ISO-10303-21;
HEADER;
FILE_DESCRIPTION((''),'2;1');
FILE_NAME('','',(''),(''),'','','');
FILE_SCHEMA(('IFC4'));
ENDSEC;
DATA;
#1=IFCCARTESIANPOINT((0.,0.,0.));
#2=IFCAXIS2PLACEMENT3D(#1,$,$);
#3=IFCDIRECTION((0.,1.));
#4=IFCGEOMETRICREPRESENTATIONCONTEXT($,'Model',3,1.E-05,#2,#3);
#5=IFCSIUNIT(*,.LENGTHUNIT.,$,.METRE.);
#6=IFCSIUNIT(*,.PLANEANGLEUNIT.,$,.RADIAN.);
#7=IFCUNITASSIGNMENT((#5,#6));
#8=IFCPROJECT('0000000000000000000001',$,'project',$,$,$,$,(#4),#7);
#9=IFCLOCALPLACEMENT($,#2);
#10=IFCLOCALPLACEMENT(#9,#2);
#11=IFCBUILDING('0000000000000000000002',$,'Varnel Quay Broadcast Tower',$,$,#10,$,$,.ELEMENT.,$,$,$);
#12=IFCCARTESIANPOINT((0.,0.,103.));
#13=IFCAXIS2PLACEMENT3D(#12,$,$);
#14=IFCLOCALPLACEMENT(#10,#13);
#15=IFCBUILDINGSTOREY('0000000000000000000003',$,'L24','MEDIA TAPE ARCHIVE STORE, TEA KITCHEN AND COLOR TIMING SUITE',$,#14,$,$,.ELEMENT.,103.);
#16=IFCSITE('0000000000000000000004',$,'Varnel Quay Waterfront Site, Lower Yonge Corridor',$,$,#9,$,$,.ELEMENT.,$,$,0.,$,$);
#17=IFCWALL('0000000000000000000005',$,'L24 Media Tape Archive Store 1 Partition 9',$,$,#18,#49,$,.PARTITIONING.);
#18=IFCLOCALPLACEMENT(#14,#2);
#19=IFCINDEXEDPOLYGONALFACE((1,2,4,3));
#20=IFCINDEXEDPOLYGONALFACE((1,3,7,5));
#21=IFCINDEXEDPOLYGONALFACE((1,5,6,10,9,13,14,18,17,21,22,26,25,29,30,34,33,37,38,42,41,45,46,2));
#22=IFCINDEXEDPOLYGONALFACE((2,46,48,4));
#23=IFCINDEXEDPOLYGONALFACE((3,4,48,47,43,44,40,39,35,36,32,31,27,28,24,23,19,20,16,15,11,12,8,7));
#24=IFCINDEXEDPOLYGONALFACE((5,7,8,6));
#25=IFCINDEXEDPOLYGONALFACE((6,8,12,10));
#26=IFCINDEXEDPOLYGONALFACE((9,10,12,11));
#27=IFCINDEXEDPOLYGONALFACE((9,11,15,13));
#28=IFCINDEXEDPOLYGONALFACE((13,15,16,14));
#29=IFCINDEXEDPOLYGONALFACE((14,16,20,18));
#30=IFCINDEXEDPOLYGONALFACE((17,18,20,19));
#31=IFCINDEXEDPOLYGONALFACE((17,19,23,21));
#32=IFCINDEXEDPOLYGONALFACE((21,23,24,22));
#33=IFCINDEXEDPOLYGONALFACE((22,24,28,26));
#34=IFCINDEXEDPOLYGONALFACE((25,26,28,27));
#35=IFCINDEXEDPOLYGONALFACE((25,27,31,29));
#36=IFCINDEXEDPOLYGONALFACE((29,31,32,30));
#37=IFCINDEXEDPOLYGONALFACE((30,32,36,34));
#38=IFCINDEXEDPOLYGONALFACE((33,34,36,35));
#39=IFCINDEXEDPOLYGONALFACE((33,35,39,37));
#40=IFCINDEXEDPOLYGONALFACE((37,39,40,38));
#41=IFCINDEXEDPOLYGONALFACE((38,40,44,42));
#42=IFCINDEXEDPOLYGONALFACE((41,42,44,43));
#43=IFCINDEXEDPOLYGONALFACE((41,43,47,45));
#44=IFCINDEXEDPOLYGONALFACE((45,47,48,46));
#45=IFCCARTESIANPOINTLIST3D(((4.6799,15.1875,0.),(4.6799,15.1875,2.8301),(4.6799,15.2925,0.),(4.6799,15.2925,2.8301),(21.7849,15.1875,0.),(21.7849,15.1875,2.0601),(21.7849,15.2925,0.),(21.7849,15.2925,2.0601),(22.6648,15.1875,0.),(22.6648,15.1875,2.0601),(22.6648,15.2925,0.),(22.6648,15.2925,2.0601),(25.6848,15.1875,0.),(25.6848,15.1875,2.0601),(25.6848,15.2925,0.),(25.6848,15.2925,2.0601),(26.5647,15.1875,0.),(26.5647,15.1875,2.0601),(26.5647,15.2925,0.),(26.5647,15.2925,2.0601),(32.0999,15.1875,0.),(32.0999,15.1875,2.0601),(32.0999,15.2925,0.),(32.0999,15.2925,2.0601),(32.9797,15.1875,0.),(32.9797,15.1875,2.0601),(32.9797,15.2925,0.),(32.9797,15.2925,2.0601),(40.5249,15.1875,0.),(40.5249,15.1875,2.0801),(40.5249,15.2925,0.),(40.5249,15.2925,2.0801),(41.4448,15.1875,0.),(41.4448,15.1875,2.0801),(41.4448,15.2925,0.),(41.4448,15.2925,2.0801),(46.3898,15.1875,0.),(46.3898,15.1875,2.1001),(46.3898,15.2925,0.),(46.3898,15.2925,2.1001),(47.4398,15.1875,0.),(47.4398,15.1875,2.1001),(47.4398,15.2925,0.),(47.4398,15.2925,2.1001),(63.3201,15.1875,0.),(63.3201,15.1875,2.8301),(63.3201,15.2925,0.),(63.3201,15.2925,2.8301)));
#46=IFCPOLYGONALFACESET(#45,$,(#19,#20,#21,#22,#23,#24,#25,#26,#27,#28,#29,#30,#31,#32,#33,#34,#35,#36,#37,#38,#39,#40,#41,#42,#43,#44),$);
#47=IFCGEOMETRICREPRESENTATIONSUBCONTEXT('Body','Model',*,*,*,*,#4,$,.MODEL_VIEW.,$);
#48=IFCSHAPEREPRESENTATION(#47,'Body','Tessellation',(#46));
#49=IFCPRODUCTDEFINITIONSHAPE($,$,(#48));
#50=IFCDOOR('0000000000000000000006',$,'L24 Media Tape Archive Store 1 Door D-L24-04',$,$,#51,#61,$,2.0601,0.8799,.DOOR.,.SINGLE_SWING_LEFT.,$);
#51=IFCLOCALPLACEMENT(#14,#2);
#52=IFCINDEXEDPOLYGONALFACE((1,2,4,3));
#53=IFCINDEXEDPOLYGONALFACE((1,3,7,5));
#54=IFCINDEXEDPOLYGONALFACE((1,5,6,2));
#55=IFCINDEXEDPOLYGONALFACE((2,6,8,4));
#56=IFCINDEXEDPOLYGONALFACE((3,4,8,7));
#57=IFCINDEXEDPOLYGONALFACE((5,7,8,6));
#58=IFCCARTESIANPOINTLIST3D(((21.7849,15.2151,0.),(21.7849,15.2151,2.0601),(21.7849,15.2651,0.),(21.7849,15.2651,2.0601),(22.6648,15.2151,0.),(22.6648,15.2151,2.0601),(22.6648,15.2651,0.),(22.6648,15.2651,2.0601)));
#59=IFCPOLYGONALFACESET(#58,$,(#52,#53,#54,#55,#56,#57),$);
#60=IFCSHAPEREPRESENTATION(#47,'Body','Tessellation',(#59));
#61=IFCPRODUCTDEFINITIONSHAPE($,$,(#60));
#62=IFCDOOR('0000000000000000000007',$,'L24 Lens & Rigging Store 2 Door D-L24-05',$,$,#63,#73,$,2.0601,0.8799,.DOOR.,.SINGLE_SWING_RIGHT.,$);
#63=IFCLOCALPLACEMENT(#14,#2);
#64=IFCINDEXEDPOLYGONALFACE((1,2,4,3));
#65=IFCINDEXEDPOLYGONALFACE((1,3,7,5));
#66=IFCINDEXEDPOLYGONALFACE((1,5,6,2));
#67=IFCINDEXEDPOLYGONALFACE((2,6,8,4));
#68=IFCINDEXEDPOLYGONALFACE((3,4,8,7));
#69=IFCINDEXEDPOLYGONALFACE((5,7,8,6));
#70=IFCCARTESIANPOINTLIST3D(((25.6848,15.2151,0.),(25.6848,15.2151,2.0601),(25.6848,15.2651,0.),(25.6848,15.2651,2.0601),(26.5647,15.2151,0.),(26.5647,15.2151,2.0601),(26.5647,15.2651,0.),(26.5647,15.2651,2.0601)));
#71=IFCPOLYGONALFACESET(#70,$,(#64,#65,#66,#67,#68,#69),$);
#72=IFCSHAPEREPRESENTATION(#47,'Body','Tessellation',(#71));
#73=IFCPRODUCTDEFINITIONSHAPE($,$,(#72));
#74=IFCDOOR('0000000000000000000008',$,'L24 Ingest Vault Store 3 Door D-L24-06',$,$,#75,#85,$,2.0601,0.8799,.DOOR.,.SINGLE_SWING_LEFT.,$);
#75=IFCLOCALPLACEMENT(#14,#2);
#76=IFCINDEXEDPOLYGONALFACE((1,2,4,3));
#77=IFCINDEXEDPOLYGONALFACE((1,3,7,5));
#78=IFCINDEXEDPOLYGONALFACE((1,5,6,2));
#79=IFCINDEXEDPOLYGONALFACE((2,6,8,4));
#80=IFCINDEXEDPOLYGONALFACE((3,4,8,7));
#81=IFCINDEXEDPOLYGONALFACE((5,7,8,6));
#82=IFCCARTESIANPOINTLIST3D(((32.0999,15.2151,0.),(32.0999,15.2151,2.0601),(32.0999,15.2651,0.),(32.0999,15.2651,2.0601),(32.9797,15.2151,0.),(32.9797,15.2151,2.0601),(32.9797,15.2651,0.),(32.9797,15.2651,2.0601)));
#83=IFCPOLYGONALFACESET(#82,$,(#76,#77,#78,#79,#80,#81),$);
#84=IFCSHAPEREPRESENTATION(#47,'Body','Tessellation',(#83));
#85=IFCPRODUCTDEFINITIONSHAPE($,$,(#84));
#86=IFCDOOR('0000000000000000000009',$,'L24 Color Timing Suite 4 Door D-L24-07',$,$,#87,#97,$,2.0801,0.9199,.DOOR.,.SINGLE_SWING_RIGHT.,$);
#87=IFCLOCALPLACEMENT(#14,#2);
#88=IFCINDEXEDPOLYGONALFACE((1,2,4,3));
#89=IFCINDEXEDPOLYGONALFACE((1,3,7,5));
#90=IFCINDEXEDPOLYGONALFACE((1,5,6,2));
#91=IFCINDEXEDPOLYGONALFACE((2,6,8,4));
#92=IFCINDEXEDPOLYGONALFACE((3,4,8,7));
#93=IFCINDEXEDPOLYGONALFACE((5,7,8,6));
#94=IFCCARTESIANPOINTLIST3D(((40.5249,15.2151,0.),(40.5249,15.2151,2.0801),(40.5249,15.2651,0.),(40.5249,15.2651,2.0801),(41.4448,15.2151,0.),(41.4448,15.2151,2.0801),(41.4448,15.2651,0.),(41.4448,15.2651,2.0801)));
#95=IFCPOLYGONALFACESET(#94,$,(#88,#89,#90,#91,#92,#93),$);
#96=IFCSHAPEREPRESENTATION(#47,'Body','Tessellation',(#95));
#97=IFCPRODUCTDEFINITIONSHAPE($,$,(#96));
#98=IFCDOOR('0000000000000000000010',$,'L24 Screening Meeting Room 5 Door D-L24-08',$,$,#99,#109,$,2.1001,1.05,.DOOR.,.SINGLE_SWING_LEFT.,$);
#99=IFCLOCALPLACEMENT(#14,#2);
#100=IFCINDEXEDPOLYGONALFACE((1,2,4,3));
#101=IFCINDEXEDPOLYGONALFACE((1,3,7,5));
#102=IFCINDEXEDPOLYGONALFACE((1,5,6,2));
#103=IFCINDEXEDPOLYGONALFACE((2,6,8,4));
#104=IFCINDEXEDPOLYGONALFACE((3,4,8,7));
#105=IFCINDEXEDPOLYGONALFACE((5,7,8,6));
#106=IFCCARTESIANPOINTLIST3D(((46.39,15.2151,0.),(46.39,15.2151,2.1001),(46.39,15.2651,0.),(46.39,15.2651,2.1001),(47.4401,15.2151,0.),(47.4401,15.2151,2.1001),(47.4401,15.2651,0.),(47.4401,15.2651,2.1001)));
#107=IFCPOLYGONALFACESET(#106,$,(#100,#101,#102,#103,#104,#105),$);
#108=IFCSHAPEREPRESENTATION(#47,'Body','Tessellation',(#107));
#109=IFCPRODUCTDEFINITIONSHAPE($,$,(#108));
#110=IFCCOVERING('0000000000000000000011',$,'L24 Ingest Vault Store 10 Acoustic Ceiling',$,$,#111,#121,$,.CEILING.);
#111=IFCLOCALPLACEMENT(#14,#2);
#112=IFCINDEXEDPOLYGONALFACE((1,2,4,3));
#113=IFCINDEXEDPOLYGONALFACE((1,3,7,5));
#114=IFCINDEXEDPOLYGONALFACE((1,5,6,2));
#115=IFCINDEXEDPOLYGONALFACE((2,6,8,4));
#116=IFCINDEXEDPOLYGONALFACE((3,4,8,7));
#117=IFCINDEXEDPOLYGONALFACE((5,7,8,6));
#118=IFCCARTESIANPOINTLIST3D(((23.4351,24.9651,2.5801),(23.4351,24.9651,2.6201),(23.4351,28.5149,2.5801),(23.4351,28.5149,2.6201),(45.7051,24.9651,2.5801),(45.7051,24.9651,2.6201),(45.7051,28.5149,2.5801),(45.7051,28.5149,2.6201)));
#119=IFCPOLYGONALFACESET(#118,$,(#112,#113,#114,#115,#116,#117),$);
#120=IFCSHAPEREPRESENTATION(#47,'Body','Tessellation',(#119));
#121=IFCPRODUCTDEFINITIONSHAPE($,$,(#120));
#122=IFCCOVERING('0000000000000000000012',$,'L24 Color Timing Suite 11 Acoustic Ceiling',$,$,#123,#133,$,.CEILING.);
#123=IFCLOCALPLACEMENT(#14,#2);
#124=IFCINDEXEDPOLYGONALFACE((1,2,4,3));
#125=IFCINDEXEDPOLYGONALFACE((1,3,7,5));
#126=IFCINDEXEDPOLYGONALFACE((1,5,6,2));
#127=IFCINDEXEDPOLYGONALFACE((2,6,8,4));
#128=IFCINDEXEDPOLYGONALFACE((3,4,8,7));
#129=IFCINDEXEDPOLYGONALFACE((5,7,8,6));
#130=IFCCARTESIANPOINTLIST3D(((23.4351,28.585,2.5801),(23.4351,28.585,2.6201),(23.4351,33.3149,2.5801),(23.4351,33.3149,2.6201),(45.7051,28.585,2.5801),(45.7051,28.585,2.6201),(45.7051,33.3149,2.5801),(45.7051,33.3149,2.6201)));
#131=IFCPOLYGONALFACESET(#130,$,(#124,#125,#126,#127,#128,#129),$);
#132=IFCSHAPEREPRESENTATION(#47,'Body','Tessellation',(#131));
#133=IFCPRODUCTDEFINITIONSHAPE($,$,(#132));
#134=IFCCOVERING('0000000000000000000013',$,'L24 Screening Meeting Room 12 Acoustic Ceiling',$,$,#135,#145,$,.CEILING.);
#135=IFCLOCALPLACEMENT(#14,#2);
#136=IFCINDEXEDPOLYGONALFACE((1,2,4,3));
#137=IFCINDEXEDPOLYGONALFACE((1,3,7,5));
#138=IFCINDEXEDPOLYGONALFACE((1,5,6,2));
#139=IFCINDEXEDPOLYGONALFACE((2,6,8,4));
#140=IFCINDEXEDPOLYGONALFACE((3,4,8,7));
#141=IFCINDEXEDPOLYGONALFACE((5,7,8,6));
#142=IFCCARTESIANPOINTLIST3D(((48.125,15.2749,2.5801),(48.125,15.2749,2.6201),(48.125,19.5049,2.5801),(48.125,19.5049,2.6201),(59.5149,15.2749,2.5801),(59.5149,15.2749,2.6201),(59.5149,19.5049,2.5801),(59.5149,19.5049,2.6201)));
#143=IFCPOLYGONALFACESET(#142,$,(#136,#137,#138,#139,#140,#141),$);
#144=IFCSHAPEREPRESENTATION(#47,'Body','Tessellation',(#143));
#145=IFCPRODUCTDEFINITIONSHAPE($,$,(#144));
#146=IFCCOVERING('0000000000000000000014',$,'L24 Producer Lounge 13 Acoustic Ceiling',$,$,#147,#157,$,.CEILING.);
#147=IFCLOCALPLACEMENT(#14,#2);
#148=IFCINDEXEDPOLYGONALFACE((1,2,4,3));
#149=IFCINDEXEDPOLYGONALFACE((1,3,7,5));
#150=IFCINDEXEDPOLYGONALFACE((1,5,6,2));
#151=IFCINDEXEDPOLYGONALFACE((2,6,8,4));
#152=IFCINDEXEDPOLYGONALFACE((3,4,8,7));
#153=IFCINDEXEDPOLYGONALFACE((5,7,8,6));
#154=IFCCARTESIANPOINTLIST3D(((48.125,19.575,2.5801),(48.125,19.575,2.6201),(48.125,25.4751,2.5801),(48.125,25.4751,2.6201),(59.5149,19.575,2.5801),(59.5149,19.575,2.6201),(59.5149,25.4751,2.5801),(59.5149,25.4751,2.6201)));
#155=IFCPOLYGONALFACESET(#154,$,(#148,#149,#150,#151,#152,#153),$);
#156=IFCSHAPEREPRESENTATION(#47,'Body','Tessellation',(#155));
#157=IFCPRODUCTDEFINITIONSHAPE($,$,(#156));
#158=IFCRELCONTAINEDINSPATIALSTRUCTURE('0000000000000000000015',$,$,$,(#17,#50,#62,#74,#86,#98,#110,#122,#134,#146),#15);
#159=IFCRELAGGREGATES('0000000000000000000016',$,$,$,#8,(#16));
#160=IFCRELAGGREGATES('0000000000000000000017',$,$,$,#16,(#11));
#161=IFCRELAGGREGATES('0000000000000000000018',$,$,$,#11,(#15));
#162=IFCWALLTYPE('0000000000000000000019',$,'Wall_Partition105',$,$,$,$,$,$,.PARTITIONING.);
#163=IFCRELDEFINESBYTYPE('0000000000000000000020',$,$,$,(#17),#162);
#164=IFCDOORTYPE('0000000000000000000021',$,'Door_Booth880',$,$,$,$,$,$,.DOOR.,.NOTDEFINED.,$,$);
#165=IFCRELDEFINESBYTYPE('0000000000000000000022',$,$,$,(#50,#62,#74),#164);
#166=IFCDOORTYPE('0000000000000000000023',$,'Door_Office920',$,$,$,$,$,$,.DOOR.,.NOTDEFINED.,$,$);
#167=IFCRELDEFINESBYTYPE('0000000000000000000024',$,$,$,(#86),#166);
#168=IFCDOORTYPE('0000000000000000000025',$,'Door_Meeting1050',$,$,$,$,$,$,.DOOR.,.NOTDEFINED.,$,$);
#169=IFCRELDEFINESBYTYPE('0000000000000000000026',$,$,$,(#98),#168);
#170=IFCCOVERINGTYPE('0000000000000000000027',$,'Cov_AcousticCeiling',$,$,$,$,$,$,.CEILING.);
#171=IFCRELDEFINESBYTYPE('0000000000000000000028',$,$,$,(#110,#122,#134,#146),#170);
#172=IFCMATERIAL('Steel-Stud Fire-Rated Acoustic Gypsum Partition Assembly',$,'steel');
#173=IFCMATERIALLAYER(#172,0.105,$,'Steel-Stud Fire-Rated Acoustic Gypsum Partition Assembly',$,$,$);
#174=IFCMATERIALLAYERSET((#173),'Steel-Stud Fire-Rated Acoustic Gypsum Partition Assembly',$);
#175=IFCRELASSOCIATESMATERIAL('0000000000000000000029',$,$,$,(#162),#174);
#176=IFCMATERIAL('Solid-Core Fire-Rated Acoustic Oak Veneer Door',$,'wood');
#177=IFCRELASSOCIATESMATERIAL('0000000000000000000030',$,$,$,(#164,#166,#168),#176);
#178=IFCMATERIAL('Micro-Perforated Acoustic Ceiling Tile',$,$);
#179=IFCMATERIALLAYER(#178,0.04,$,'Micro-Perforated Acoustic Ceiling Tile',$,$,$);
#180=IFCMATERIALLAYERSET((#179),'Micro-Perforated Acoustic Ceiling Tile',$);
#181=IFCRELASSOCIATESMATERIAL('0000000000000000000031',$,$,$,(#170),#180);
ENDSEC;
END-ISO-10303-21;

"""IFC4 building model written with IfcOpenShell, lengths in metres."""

from ifc_helpers import new_model, si_unit, direction, frame, frame_2d, origin, place, context, subcontext, project, spatial, polyline, rectangle, outline, extrude, source, transform, mapped, material, layer, layer_set, type_object, type_shapes, element, fill, save


model = new_model("IFC4")

# Units and contexts
model_context = context("Model", 3, precision=1e-05, world=origin(), true_north=direction((0.0, 1.0)))
body_context = subcontext(model_context, "Body", "Model", "MODEL_VIEW")
ifc_project = project(units=[si_unit("LENGTHUNIT", "METRE"), si_unit("PLANEANGLEUNIT", "RADIAN")], contexts=[model_context])

# Site, building, storey
site_placement = place(None, origin())
site = spatial("IfcSite", under=ifc_project, at=site_placement, Name="Varnel Quay Waterfront Site, Lower Yonge Corridor", CompositionType="ELEMENT", RefElevation=0.0)
building_placement = place(site_placement, origin())
building = spatial("IfcBuilding", under=site, at=building_placement, Name="Varnel Quay Broadcast Tower", CompositionType="ELEMENT")
storey_placement = place(building_placement, frame((0.0, 0.0, 103.0)))
storey = spatial("IfcBuildingStorey", under=building, at=storey_placement, Name="L24", Description="MEDIA TAPE ARCHIVE STORE, TEA KITCHEN AND COLOR TIMING SUITE", CompositionType="ELEMENT", Elevation=103.0)

# Wall, openings, doors
ifc_material_1 = material(Name="Steel-Stud Fire-Rated Acoustic Gypsum Partition Assembly", Category="steel")
ifc_layer_1 = layer(ifc_material_1, 0.105, Name="Steel-Stud Fire-Rated Acoustic Gypsum Partition Assembly")
ifc_layer_set_1 = layer_set([ifc_layer_1], Name="Steel-Stud Fire-Rated Acoustic Gypsum Partition Assembly")
wall_type = type_object("IfcWallType", Name="Wall_Partition105", PredefinedType="PARTITIONING", material=ifc_layer_set_1)
wall_placement = place(storey_placement, frame((4.6799, 15.24, 0.0), z_axis=(0.0, 0.0, 1.0), x_axis=(1.0, 0.0, 0.0)))
wall = element("IfcWall", 1, at=wall_placement, inside=storey, type_object=wall_type, Name="L24 Media Tape Archive Store 1 Partition 9", PredefinedType="PARTITIONING", context=body_context, shape_type="SweptSolid", body=[
    extrude(rectangle(XDim=58.6401, YDim=0.105, at=frame_2d((29.3201, 0.0))), origin(), (0.0, 0.0, 1.0), 2.8301),
])
opening_1_placement = place(wall_placement, frame((17.105, 0.0, 0.0)))
opening_1 = element("IfcOpeningElement", 2, at=opening_1_placement, cuts=wall, PredefinedType="OPENING", context=body_context, shape_type="SweptSolid", body=[
    extrude(rectangle(XDim=0.8799, YDim=2.0601, at=frame_2d((0.4399, 1.03))), frame((0.0, 0.0625, 0.0), z_axis=(0.0, -1.0, 0.0), x_axis=(1.0, 0.0, 0.0)), (0.0, 0.0, 1.0), 0.125),
])
opening_2_placement = place(wall_placement, frame((21.0049, 0.0, 0.0)))
opening_2 = element("IfcOpeningElement", 3, at=opening_2_placement, cuts=wall, PredefinedType="OPENING", context=body_context, shape_type="SweptSolid", body=[
    extrude(rectangle(XDim=0.8799, YDim=2.0601, at=frame_2d((0.4399, 1.03))), frame((0.0, 0.0625, 0.0), z_axis=(0.0, -1.0, 0.0), x_axis=(1.0, 0.0, 0.0)), (0.0, 0.0, 1.0), 0.125),
])
opening_3_placement = place(wall_placement, frame((27.4199, 0.0, 0.0)))
opening_3 = element("IfcOpeningElement", 4, at=opening_3_placement, cuts=wall, PredefinedType="OPENING", context=body_context, shape_type="SweptSolid", body=[
    extrude(rectangle(XDim=0.8799, YDim=2.0601, at=frame_2d((0.4399, 1.03))), frame((0.0, 0.0625, 0.0), z_axis=(0.0, -1.0, 0.0), x_axis=(1.0, 0.0, 0.0)), (0.0, 0.0, 1.0), 0.125),
])
opening_4_placement = place(wall_placement, frame((35.845, 0.0, 0.0)))
opening_4 = element("IfcOpeningElement", 5, at=opening_4_placement, cuts=wall, PredefinedType="OPENING", context=body_context, shape_type="SweptSolid", body=[
    extrude(rectangle(XDim=0.9199, YDim=2.0801, at=frame_2d((0.46, 1.04))), frame((0.0, 0.0625, 0.0), z_axis=(0.0, -1.0, 0.0), x_axis=(1.0, 0.0, 0.0)), (0.0, 0.0, 1.0), 0.125),
])
opening_5_placement = place(wall_placement, frame((41.71, 0.0, 0.0)))
opening_5 = element("IfcOpeningElement", 6, at=opening_5_placement, cuts=wall, PredefinedType="OPENING", context=body_context, shape_type="SweptSolid", body=[
    extrude(rectangle(XDim=1.05, YDim=2.1001, at=frame_2d((0.5249, 1.05))), frame((0.0, 0.0625, 0.0), z_axis=(0.0, -1.0, 0.0), x_axis=(1.0, 0.0, 0.0)), (0.0, 0.0, 1.0), 0.125),
])
ifc_material_2 = material(Name="Solid-Core Fire-Rated Acoustic Oak Veneer Door", Category="wood")
door_type_1 = type_object("IfcDoorType", Name="Door_Booth880", OperationType="NOTDEFINED", PredefinedType="DOOR", material=ifc_material_2)
shared_shape_1 = source(origin(), body_context, "Body", "SweptSolid", [
    extrude(rectangle(XDim=0.8799, YDim=2.0601, at=frame_2d((0.4399, 1.03))), frame((0.0, 0.0249, 0.0), z_axis=(0.0, -1.0, 0.0), x_axis=(1.0, 0.0, 0.0)), (0.0, 0.0, 1.0), 0.05),
])
type_shapes(door_type_1, [shared_shape_1])
door_1_placement = place(opening_1_placement, frame((0.8799, 0.0, 0.0), z_axis=(0.0, 0.0, 1.0), x_axis=(-1.0, 0.0, 0.0)))
door_1 = element("IfcDoor", 7, at=door_1_placement, inside=storey, type_object=door_type_1, Name="L24 Media Tape Archive Store 1 Door D-L24-04", OperationType="SINGLE_SWING_LEFT", OverallHeight=2.0601, OverallWidth=0.8799, PredefinedType="DOOR", context=body_context, shape_type="MappedRepresentation", body=[
    mapped(shared_shape_1, transform((0.0, 0.0, 0.0), x_axis=(1.0, 0.0, 0.0), y_axis=(0.0, 1.0, 0.0), z_axis=(0.0, 0.0, 1.0), scale=1.0)),
])
fill(opening_1, door_1)
door_2_placement = place(opening_2_placement, frame((0.8799, 0.0, 0.0), z_axis=(0.0, 0.0, 1.0), x_axis=(-1.0, 0.0, 0.0)))
door_2 = element("IfcDoor", 8, at=door_2_placement, inside=storey, type_object=door_type_1, Name="L24 Lens & Rigging Store 2 Door D-L24-05", OperationType="SINGLE_SWING_RIGHT", OverallHeight=2.0601, OverallWidth=0.8799, PredefinedType="DOOR", context=body_context, shape_type="MappedRepresentation", body=[
    mapped(shared_shape_1, transform((0.0, 0.0, 0.0), x_axis=(1.0, 0.0, 0.0), y_axis=(0.0, 1.0, 0.0), z_axis=(0.0, 0.0, 1.0), scale=1.0)),
])
fill(opening_2, door_2)
door_3_placement = place(opening_3_placement, frame((0.8799, 0.0, 0.0), z_axis=(0.0, 0.0, 1.0), x_axis=(-1.0, 0.0, 0.0)))
door_3 = element("IfcDoor", 9, at=door_3_placement, inside=storey, type_object=door_type_1, Name="L24 Ingest Vault Store 3 Door D-L24-06", OperationType="SINGLE_SWING_LEFT", OverallHeight=2.0601, OverallWidth=0.8799, PredefinedType="DOOR", context=body_context, shape_type="MappedRepresentation", body=[
    mapped(shared_shape_1, transform((0.0, 0.0, 0.0), x_axis=(1.0, 0.0, 0.0), y_axis=(0.0, 1.0, 0.0), z_axis=(0.0, 0.0, 1.0), scale=1.0)),
])
fill(opening_3, door_3)
door_type_2 = type_object("IfcDoorType", Name="Door_Office920", OperationType="NOTDEFINED", PredefinedType="DOOR", material=ifc_material_2)
shared_shape_2 = source(origin(), body_context, "Body", "SweptSolid", [
    extrude(rectangle(XDim=0.9199, YDim=2.0801, at=frame_2d((0.46, 1.04))), frame((0.0, 0.0249, 0.0), z_axis=(0.0, -1.0, 0.0), x_axis=(1.0, 0.0, 0.0)), (0.0, 0.0, 1.0), 0.05),
])
type_shapes(door_type_2, [shared_shape_2])
door_4_placement = place(opening_4_placement, frame((0.9199, 0.0, 0.0), z_axis=(0.0, 0.0, 1.0), x_axis=(-1.0, 0.0, 0.0)))
door_4 = element("IfcDoor", 10, at=door_4_placement, inside=storey, type_object=door_type_2, Name="L24 Color Timing Suite 4 Door D-L24-07", OperationType="SINGLE_SWING_RIGHT", OverallHeight=2.0801, OverallWidth=0.9199, PredefinedType="DOOR", context=body_context, shape_type="MappedRepresentation", body=[
    mapped(shared_shape_2, transform((0.0, 0.0, 0.0), x_axis=(1.0, 0.0, 0.0), y_axis=(0.0, 1.0, 0.0), z_axis=(0.0, 0.0, 1.0), scale=1.0)),
])
fill(opening_4, door_4)
door_type_3 = type_object("IfcDoorType", Name="Door_Meeting1050", OperationType="NOTDEFINED", PredefinedType="DOOR", material=ifc_material_2)
shared_shape_3 = source(origin(), body_context, "Body", "SweptSolid", [
    extrude(rectangle(XDim=1.05, YDim=2.1001, at=frame_2d((0.5249, 1.05))), frame((0.0, 0.0249, 0.0), z_axis=(0.0, -1.0, 0.0), x_axis=(1.0, 0.0, 0.0)), (0.0, 0.0, 1.0), 0.05),
])
type_shapes(door_type_3, [shared_shape_3])
door_5_placement = place(opening_5_placement, frame((1.05, 0.0, 0.0), z_axis=(0.0, 0.0, 1.0), x_axis=(-1.0, 0.0, 0.0)))
door_5 = element("IfcDoor", 11, at=door_5_placement, inside=storey, type_object=door_type_3, Name="L24 Screening Meeting Room 5 Door D-L24-08", OperationType="SINGLE_SWING_LEFT", OverallHeight=2.1001, OverallWidth=1.05, PredefinedType="DOOR", context=body_context, shape_type="MappedRepresentation", body=[
    mapped(shared_shape_3, transform((0.0, 0.0, 0.0), x_axis=(1.0, 0.0, 0.0), y_axis=(0.0, 1.0, 0.0), z_axis=(0.0, 0.0, 1.0), scale=1.0)),
])
fill(opening_5, door_5)

# Coverings
ifc_material_3 = material(Name="Micro-Perforated Acoustic Ceiling Tile")
ifc_layer_2 = layer(ifc_material_3, 0.04, Name="Micro-Perforated Acoustic Ceiling Tile")
ifc_layer_set_2 = layer_set([ifc_layer_2], Name="Micro-Perforated Acoustic Ceiling Tile")
covering_type_1 = type_object("IfcCoveringType", Name="Cov_AcousticCeiling", PredefinedType="CEILING", material=ifc_layer_set_2)
covering_1_placement = place(storey_placement, frame((0.0, 0.0, 2.5801)))
element("IfcCovering", 12, at=covering_1_placement, inside=storey, type_object=covering_type_1, Name="L24 Ingest Vault Store 10 Acoustic Ceiling", PredefinedType="CEILING", context=body_context, shape_type="SweptSolid", body=[
    extrude(outline(polyline([(23.4351, 24.9651), (45.7051, 24.9651), (45.7051, 28.5149), (23.4351, 28.5149), (23.4351, 24.9651)])), origin(), (0.0, 0.0, 1.0), 0.04),
])
covering_2_placement = place(storey_placement, frame((0.0, 0.0, 2.5801)))
element("IfcCovering", 13, at=covering_2_placement, inside=storey, type_object=covering_type_1, Name="L24 Color Timing Suite 11 Acoustic Ceiling", PredefinedType="CEILING", context=body_context, shape_type="SweptSolid", body=[
    extrude(outline(polyline([(23.4351, 28.585), (45.7051, 28.585), (45.7051, 33.3149), (23.4351, 33.3149), (23.4351, 28.585)])), origin(), (0.0, 0.0, 1.0), 0.04),
])
covering_3_placement = place(storey_placement, frame((0.0, 0.0, 2.5801)))
element("IfcCovering", 14, at=covering_3_placement, inside=storey, type_object=covering_type_1, Name="L24 Screening Meeting Room 12 Acoustic Ceiling", PredefinedType="CEILING", context=body_context, shape_type="SweptSolid", body=[
    extrude(outline(polyline([(48.125, 15.2749), (59.5149, 15.2749), (59.5149, 19.5049), (48.125, 19.5049), (48.125, 15.2749)])), origin(), (0.0, 0.0, 1.0), 0.04),
])
covering_4_placement = place(storey_placement, frame((0.0, 0.0, 2.5801)))
element("IfcCovering", 15, at=covering_4_placement, inside=storey, type_object=covering_type_1, Name="L24 Producer Lounge 13 Acoustic Ceiling", PredefinedType="CEILING", context=body_context, shape_type="SweptSolid", body=[
    extrude(outline(polyline([(48.125, 19.575), (59.5149, 19.575), (59.5149, 25.4751), (48.125, 25.4751), (48.125, 19.575)])), origin(), (0.0, 0.0, 1.0), 0.04),
])

save(model, "model.ifc")
